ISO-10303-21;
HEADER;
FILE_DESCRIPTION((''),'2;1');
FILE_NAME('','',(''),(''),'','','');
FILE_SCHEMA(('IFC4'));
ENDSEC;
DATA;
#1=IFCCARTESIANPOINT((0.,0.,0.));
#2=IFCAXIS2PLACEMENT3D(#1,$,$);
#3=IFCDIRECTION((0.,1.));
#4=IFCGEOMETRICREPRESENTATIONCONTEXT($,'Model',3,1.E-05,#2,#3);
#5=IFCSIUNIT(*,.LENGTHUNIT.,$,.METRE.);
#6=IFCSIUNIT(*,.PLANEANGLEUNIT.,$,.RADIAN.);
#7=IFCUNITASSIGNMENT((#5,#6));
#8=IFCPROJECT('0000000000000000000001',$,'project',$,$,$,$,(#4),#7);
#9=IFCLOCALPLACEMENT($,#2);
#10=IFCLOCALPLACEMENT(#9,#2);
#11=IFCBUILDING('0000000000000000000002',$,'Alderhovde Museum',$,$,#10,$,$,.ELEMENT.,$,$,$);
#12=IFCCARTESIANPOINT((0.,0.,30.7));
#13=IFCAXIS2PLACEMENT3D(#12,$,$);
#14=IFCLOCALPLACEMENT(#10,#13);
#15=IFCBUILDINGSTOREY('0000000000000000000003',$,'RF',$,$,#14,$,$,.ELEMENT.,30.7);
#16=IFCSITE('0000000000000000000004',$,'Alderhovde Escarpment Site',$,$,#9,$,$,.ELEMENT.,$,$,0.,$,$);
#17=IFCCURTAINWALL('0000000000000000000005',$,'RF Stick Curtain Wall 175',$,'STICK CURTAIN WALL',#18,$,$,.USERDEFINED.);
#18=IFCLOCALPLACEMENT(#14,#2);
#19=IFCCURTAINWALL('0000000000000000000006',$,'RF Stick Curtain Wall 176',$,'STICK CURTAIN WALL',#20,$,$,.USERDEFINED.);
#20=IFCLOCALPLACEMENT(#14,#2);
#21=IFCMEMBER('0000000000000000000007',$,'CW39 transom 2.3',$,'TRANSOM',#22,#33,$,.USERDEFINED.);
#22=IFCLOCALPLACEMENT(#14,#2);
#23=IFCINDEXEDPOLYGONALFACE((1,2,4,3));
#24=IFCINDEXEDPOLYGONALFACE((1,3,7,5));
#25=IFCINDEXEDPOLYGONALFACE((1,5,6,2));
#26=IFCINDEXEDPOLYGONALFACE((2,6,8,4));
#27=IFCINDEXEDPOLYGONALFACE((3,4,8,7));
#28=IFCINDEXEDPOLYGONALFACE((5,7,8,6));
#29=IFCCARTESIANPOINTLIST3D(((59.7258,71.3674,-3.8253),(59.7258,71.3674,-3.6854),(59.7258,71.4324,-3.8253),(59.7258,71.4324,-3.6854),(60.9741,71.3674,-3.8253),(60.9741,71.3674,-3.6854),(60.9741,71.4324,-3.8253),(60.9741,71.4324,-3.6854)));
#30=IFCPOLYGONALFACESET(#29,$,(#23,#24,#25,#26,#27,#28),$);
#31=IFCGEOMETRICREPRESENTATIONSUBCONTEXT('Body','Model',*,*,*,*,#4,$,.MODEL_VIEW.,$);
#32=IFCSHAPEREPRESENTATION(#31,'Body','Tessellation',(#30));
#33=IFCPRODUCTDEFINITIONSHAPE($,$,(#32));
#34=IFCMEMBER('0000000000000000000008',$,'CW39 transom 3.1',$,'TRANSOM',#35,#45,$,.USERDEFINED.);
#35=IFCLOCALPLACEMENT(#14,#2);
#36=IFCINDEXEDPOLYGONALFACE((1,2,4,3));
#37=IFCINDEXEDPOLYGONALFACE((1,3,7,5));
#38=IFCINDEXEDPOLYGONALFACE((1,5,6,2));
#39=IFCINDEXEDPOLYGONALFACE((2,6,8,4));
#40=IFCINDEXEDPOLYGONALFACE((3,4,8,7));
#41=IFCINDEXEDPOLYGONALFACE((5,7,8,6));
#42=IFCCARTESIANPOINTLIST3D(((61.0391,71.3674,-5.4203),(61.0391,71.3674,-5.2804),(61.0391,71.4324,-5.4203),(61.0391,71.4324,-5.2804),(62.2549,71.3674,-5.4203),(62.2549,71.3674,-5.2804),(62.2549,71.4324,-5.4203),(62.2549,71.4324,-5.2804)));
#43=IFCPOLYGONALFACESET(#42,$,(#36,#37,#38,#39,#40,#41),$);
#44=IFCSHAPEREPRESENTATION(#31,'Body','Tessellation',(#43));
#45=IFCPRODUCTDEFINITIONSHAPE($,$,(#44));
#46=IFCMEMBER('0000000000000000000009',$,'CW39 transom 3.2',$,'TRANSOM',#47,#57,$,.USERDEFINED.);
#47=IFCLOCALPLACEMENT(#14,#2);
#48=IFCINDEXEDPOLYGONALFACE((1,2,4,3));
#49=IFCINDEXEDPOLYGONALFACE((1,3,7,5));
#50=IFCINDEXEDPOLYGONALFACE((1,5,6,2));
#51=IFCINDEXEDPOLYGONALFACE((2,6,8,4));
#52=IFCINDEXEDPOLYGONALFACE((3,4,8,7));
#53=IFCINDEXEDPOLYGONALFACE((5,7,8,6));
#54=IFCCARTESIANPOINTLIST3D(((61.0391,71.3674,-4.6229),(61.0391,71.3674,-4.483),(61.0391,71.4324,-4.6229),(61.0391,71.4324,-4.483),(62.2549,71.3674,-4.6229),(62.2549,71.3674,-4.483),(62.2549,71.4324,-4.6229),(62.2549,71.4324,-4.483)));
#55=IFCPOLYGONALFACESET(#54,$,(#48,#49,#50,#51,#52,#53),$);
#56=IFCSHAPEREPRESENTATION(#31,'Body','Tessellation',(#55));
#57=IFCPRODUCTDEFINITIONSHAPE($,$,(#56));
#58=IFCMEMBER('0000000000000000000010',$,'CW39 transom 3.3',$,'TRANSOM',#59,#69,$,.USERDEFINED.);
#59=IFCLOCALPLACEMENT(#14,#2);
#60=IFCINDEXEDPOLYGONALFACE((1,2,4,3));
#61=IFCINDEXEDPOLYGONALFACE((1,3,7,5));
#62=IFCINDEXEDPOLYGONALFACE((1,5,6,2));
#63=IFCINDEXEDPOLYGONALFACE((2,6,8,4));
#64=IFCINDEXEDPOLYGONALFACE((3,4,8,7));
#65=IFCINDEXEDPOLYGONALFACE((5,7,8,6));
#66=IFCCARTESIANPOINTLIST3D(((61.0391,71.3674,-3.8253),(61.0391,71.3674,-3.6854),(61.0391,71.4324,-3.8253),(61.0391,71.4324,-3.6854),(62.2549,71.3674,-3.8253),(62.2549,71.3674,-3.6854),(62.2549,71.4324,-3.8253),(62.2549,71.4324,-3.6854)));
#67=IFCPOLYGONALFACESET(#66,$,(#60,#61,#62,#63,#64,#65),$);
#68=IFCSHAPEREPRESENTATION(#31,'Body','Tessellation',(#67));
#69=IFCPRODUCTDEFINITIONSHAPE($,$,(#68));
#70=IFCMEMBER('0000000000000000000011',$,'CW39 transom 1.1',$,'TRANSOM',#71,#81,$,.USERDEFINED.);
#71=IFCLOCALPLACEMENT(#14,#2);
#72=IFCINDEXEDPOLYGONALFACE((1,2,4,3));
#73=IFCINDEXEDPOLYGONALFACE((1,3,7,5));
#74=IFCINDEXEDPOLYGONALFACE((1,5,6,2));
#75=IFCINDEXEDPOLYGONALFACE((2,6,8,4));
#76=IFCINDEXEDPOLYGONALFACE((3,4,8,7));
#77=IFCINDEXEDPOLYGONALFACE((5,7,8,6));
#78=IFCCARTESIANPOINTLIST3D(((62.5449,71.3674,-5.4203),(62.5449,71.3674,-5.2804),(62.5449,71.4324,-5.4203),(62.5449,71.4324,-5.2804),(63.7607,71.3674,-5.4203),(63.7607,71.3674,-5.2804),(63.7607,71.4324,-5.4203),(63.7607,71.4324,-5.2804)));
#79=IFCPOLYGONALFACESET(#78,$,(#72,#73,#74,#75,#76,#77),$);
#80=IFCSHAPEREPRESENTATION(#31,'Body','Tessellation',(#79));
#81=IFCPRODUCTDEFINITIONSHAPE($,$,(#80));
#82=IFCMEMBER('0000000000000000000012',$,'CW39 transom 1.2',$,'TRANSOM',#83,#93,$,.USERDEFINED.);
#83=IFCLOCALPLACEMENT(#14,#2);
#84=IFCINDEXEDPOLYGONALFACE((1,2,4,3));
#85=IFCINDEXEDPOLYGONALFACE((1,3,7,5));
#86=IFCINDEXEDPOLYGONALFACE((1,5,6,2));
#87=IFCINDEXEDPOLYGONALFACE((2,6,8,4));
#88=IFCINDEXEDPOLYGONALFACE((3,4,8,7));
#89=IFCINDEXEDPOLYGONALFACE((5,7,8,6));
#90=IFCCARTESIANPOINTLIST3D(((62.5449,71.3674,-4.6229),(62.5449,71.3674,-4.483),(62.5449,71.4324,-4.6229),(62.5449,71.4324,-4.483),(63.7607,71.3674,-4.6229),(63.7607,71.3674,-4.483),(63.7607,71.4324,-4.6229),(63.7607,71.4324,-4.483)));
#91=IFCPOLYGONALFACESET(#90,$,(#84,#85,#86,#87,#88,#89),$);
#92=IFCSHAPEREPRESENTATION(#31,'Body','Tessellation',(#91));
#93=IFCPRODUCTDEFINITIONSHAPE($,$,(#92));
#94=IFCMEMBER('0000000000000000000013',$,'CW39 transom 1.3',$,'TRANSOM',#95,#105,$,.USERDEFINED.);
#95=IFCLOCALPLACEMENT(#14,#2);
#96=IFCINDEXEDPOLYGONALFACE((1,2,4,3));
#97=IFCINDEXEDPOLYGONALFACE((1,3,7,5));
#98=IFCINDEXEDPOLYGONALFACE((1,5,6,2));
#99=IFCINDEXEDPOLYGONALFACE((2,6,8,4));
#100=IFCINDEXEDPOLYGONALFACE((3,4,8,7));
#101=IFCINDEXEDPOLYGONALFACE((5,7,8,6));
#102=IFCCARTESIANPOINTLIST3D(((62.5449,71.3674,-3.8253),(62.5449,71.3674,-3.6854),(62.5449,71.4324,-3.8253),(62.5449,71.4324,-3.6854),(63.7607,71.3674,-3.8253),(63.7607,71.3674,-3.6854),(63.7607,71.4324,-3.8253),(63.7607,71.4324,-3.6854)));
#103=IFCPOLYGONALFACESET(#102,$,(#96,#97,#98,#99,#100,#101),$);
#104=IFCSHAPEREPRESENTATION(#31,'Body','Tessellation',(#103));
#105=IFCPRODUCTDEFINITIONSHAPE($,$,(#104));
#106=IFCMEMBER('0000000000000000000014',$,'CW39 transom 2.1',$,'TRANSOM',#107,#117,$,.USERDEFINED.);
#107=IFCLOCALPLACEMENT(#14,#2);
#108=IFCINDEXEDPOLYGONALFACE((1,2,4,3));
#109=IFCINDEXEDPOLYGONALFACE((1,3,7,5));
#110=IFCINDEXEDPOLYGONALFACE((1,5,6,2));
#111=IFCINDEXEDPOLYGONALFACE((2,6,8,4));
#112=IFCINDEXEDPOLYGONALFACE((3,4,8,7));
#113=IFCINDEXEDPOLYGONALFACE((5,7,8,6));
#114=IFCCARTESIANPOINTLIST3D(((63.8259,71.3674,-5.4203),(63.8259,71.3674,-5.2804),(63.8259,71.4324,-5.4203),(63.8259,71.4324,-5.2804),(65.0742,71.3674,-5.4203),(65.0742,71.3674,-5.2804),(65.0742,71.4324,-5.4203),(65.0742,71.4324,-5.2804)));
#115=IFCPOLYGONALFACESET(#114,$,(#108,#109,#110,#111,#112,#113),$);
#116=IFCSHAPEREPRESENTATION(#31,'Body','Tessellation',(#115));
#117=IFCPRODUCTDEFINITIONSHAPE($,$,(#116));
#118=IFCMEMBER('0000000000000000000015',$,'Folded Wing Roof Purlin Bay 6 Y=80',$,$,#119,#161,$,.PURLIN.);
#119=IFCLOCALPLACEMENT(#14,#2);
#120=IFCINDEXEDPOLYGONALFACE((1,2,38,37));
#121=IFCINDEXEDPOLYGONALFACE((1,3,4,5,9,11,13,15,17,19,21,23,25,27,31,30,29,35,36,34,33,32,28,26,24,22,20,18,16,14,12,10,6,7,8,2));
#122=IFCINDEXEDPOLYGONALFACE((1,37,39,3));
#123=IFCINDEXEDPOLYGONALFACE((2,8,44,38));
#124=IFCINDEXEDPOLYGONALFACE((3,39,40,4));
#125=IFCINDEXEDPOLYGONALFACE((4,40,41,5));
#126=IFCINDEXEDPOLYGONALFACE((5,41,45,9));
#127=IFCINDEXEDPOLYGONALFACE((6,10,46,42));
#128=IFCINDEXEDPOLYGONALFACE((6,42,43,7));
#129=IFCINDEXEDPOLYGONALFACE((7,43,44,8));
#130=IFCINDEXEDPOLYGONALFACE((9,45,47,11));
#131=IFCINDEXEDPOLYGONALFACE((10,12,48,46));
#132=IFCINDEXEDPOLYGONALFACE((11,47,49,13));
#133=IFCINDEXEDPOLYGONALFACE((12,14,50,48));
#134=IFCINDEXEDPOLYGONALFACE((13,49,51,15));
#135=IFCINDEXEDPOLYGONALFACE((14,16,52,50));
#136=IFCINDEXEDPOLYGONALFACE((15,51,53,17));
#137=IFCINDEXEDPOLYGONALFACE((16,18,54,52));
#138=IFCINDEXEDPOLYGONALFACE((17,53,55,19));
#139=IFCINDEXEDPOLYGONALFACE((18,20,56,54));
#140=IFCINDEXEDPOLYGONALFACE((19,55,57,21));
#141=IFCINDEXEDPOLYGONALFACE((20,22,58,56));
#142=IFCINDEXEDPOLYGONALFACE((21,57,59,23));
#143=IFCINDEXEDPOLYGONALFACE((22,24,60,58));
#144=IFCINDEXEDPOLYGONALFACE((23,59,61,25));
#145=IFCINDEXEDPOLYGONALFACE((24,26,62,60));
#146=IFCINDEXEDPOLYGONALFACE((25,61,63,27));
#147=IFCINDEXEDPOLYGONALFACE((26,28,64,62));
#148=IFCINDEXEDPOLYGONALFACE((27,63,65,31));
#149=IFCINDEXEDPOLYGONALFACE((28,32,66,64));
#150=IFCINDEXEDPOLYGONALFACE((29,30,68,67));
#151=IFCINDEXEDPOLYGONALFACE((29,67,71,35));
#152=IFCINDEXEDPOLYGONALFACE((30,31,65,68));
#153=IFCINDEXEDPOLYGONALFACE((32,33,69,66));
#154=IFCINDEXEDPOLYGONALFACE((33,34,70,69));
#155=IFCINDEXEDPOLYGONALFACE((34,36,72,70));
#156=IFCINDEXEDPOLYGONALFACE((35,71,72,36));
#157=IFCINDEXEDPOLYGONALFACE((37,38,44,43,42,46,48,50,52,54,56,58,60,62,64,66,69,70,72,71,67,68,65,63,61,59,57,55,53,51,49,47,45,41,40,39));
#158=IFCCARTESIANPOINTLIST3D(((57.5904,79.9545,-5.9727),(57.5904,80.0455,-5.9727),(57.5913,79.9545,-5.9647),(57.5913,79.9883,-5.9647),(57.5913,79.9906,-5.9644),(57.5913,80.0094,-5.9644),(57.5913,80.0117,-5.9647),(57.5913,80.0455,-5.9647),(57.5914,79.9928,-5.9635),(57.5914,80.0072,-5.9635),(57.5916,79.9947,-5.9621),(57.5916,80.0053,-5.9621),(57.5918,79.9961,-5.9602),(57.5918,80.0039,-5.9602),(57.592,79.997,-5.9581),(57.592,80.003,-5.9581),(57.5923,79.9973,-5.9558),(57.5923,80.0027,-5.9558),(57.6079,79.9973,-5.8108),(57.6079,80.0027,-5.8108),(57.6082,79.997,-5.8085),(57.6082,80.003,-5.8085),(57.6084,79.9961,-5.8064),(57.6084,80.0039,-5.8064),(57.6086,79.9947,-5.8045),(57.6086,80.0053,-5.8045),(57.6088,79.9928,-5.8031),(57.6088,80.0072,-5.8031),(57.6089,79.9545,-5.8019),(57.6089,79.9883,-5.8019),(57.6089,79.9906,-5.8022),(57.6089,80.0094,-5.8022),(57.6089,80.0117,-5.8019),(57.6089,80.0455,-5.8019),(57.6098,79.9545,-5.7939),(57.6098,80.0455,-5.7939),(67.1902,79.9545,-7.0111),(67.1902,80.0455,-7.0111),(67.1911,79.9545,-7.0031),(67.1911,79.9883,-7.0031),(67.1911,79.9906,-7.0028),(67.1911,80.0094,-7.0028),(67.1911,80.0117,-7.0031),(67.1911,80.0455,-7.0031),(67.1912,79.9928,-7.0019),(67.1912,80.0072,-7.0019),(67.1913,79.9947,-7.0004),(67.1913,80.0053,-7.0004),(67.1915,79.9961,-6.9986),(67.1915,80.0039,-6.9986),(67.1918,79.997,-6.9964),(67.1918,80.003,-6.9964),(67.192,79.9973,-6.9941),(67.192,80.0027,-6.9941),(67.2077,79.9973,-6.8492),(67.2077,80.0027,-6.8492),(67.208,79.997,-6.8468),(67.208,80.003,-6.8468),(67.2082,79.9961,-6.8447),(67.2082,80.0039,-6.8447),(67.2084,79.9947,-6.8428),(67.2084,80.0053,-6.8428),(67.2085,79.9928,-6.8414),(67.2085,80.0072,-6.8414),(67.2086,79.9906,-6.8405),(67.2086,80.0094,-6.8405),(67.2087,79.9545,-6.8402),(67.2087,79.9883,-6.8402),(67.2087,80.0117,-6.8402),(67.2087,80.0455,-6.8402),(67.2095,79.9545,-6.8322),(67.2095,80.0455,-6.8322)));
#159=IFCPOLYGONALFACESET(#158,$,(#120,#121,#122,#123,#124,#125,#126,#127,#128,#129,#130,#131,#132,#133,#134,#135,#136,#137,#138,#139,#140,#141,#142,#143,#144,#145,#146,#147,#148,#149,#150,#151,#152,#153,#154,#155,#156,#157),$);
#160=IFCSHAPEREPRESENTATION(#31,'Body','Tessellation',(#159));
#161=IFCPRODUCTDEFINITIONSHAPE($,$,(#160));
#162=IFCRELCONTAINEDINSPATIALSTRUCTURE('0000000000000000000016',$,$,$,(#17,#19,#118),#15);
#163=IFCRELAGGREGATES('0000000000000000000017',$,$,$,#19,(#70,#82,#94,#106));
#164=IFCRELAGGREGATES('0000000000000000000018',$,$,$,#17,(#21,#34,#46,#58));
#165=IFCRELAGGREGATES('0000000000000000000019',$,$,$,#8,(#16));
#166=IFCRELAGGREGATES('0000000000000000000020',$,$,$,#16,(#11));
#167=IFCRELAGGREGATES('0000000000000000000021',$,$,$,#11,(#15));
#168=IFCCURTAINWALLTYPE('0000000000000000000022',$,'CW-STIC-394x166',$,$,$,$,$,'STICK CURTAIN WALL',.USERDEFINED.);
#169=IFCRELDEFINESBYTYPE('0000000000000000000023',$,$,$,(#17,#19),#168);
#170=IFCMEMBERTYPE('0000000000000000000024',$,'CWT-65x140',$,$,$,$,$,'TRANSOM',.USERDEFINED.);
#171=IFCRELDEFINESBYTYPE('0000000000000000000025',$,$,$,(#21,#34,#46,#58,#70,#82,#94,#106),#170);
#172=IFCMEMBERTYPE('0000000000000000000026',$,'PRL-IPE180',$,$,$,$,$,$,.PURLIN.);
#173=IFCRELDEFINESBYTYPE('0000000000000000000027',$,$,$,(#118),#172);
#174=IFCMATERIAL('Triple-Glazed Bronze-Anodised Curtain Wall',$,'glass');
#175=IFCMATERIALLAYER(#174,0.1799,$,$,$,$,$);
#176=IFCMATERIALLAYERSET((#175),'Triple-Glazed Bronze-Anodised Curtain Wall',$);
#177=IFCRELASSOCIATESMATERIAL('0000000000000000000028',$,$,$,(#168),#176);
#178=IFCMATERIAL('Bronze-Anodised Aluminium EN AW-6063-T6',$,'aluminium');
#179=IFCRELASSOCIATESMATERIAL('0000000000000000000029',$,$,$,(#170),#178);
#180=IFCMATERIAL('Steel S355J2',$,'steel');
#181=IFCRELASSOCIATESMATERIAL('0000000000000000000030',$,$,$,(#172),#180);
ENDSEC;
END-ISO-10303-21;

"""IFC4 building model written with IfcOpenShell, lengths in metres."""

from ifc_helpers import new_model, si_unit, direction, frame, origin, origin_2d, place, context, subcontext, project, spatial, rectangle, i_section, extrude, material, layer, layer_set, material_profile, profile_set, type_object, element, aggregate, save


model = new_model("IFC4")

# Units and contexts
model_context = context("Model", 3, precision=1e-05, world=origin(), true_north=direction((0.0, 1.0)))
body_context = subcontext(model_context, "Body", "Model", "MODEL_VIEW")
ifc_project = project(units=[si_unit("LENGTHUNIT", "METRE"), si_unit("PLANEANGLEUNIT", "RADIAN")], contexts=[model_context])

# Site, building, storey
site_placement = place(None, origin())
site = spatial("IfcSite", under=ifc_project, at=site_placement, Name="Alderhovde Escarpment Site", CompositionType="ELEMENT", RefElevation=0.0)
building_placement = place(site_placement, origin())
building = spatial("IfcBuilding", under=site, at=building_placement, Name="Alderhovde Museum", CompositionType="ELEMENT")
storey_placement = place(building_placement, frame((0.0, 0.0, 30.7)))
storey = spatial("IfcBuildingStorey", under=building, at=storey_placement, Name="RF", CompositionType="ELEMENT", Elevation=30.7)

# Curtain walls
ifc_material_1 = material(Name="Triple-Glazed Bronze-Anodised Curtain Wall", Category="glass")
ifc_layer_1 = layer(ifc_material_1, 0.1799)
ifc_layer_set_1 = layer_set([ifc_layer_1], Name="Triple-Glazed Bronze-Anodised Curtain Wall")
curtain_wall_type = type_object("IfcCurtainWallType", Name="CW-STIC-394x166", ElementType="STICK CURTAIN WALL", PredefinedType="USERDEFINED", material=ifc_layer_set_1)
curtain_wall_1_placement = place(storey_placement, origin())
curtain_wall_1 = element("IfcCurtainWall", 1, at=curtain_wall_1_placement, inside=storey, type_object=curtain_wall_type, Name="RF Stick Curtain Wall 175", ObjectType="STICK CURTAIN WALL", PredefinedType="USERDEFINED")
curtain_wall_2_placement = place(storey_placement, origin())
curtain_wall_2 = element("IfcCurtainWall", 2, at=curtain_wall_2_placement, inside=storey, type_object=curtain_wall_type, Name="RF Stick Curtain Wall 176", ObjectType="STICK CURTAIN WALL", PredefinedType="USERDEFINED")

# Members
ifc_material_2 = material(Name="Bronze-Anodised Aluminium EN AW-6063-T6", Category="aluminium")
ifc_material_profile_1 = material_profile(ifc_material_2, rectangle(XDim=0.0649, YDim=0.1399, at=origin_2d()), Name="TRANSOM 65x140")
ifc_profile_set_1 = profile_set([ifc_material_profile_1], Name="Bronze-Anodised Aluminium EN AW-6063-T6")
member_type_1 = type_object("IfcMemberType", Name="CWT-65x140", ElementType="TRANSOM", PredefinedType="USERDEFINED", material=ifc_profile_set_1)
member_1_placement = place(storey_placement, frame((59.7258, 71.3999, -3.7554), z_axis=(1.0, 0.0, 0.0), x_axis=(0.0, 1.0, 0.0)))
member_1 = element("IfcMember", 3, at=member_1_placement, type_object=member_type_1, Name="CW39 transom 2.3", ObjectType="TRANSOM", PredefinedType="USERDEFINED", context=body_context, shape_type="SweptSolid", body=[
    extrude(rectangle(XDim=0.0649, YDim=0.1399, at=origin_2d()), origin(), (0.0, 0.0, 1.0), 1.2483),
])
member_2_placement = place(storey_placement, frame((61.0391, 71.3999, -5.3503), z_axis=(1.0, 0.0, 0.0), x_axis=(0.0, 1.0, 0.0)))
member_2 = element("IfcMember", 4, at=member_2_placement, type_object=member_type_1, Name="CW39 transom 3.1", ObjectType="TRANSOM", PredefinedType="USERDEFINED", context=body_context, shape_type="SweptSolid", body=[
    extrude(rectangle(XDim=0.0649, YDim=0.1399, at=origin_2d()), origin(), (0.0, 0.0, 1.0), 1.2158),
])
member_3_placement = place(storey_placement, frame((61.0391, 71.3999, -4.553), z_axis=(1.0, 0.0, 0.0), x_axis=(0.0, 1.0, 0.0)))
member_3 = element("IfcMember", 5, at=member_3_placement, type_object=member_type_1, Name="CW39 transom 3.2", ObjectType="TRANSOM", PredefinedType="USERDEFINED", context=body_context, shape_type="SweptSolid", body=[
    extrude(rectangle(XDim=0.0649, YDim=0.1399, at=origin_2d()), origin(), (0.0, 0.0, 1.0), 1.2158),
])
member_4_placement = place(storey_placement, frame((61.0391, 71.3999, -3.7554), z_axis=(1.0, 0.0, 0.0), x_axis=(0.0, 1.0, 0.0)))
member_4 = element("IfcMember", 6, at=member_4_placement, type_object=member_type_1, Name="CW39 transom 3.3", ObjectType="TRANSOM", PredefinedType="USERDEFINED", context=body_context, shape_type="SweptSolid", body=[
    extrude(rectangle(XDim=0.0649, YDim=0.1399, at=origin_2d()), origin(), (0.0, 0.0, 1.0), 1.2158),
])
member_5_placement = place(storey_placement, frame((62.5449, 71.3999, -5.3503), z_axis=(1.0, 0.0, 0.0), x_axis=(0.0, 1.0, 0.0)))
member_5 = element("IfcMember", 7, at=member_5_placement, type_object=member_type_1, Name="CW39 transom 1.1", ObjectType="TRANSOM", PredefinedType="USERDEFINED", context=body_context, shape_type="SweptSolid", body=[
    extrude(rectangle(XDim=0.0649, YDim=0.1399, at=origin_2d()), origin(), (0.0, 0.0, 1.0), 1.2158),
])
member_6_placement = place(storey_placement, frame((62.5449, 71.3999, -4.553), z_axis=(1.0, 0.0, 0.0), x_axis=(0.0, 1.0, 0.0)))
member_6 = element("IfcMember", 8, at=member_6_placement, type_object=member_type_1, Name="CW39 transom 1.2", ObjectType="TRANSOM", PredefinedType="USERDEFINED", context=body_context, shape_type="SweptSolid", body=[
    extrude(rectangle(XDim=0.0649, YDim=0.1399, at=origin_2d()), origin(), (0.0, 0.0, 1.0), 1.2158),
])
member_7_placement = place(storey_placement, frame((62.5449, 71.3999, -3.7554), z_axis=(1.0, 0.0, 0.0), x_axis=(0.0, 1.0, 0.0)))
member_7 = element("IfcMember", 9, at=member_7_placement, type_object=member_type_1, Name="CW39 transom 1.3", ObjectType="TRANSOM", PredefinedType="USERDEFINED", context=body_context, shape_type="SweptSolid", body=[
    extrude(rectangle(XDim=0.0649, YDim=0.1399, at=origin_2d()), origin(), (0.0, 0.0, 1.0), 1.2158),
])
member_8_placement = place(storey_placement, frame((63.8259, 71.3999, -5.3503), z_axis=(1.0, 0.0, 0.0), x_axis=(0.0, 1.0, 0.0)))
member_8 = element("IfcMember", 10, at=member_8_placement, type_object=member_type_1, Name="CW39 transom 2.1", ObjectType="TRANSOM", PredefinedType="USERDEFINED", context=body_context, shape_type="SweptSolid", body=[
    extrude(rectangle(XDim=0.0649, YDim=0.1399, at=origin_2d()), origin(), (0.0, 0.0, 1.0), 1.2483),
])

# Member
ifc_material_3 = material(Name="Steel S355J2", Category="steel")
ifc_material_profile_2 = material_profile(ifc_material_3, i_section(OverallWidth=0.0911, OverallDepth=0.1799, WebThickness=0.0054, FlangeThickness=0.0081, FilletRadius=0.009, at=origin_2d()), Name="IPE 180")
ifc_profile_set_2 = profile_set([ifc_material_profile_2], Name="Steel S355J2")
member_type_2 = type_object("IfcMemberType", Name="PRL-IPE180", PredefinedType="PURLIN", material=ifc_profile_set_2)
member_9_placement = place(storey_placement, frame((57.6001, 80.0, -5.8833), z_axis=(0.994201, 0.0, -0.107534), x_axis=(0.0, 1.0, 0.0)))
element("IfcMember", 11, at=member_9_placement, inside=storey, type_object=member_type_2, Name="Folded Wing Roof Purlin Bay 6 Y=80", PredefinedType="PURLIN", context=body_context, shape_type="SweptSolid", body=[
    extrude(i_section(OverallWidth=0.0911, OverallDepth=0.1799, WebThickness=0.0054, FlangeThickness=0.0081, FilletRadius=0.009, at=origin_2d()), origin(), (0.0, 0.0, 1.0), 9.6558),
])

aggregate(curtain_wall_2, [member_5, member_6, member_7, member_8])
aggregate(curtain_wall_1, [member_1, member_2, member_3, member_4])

save(model, "model.ifc")
